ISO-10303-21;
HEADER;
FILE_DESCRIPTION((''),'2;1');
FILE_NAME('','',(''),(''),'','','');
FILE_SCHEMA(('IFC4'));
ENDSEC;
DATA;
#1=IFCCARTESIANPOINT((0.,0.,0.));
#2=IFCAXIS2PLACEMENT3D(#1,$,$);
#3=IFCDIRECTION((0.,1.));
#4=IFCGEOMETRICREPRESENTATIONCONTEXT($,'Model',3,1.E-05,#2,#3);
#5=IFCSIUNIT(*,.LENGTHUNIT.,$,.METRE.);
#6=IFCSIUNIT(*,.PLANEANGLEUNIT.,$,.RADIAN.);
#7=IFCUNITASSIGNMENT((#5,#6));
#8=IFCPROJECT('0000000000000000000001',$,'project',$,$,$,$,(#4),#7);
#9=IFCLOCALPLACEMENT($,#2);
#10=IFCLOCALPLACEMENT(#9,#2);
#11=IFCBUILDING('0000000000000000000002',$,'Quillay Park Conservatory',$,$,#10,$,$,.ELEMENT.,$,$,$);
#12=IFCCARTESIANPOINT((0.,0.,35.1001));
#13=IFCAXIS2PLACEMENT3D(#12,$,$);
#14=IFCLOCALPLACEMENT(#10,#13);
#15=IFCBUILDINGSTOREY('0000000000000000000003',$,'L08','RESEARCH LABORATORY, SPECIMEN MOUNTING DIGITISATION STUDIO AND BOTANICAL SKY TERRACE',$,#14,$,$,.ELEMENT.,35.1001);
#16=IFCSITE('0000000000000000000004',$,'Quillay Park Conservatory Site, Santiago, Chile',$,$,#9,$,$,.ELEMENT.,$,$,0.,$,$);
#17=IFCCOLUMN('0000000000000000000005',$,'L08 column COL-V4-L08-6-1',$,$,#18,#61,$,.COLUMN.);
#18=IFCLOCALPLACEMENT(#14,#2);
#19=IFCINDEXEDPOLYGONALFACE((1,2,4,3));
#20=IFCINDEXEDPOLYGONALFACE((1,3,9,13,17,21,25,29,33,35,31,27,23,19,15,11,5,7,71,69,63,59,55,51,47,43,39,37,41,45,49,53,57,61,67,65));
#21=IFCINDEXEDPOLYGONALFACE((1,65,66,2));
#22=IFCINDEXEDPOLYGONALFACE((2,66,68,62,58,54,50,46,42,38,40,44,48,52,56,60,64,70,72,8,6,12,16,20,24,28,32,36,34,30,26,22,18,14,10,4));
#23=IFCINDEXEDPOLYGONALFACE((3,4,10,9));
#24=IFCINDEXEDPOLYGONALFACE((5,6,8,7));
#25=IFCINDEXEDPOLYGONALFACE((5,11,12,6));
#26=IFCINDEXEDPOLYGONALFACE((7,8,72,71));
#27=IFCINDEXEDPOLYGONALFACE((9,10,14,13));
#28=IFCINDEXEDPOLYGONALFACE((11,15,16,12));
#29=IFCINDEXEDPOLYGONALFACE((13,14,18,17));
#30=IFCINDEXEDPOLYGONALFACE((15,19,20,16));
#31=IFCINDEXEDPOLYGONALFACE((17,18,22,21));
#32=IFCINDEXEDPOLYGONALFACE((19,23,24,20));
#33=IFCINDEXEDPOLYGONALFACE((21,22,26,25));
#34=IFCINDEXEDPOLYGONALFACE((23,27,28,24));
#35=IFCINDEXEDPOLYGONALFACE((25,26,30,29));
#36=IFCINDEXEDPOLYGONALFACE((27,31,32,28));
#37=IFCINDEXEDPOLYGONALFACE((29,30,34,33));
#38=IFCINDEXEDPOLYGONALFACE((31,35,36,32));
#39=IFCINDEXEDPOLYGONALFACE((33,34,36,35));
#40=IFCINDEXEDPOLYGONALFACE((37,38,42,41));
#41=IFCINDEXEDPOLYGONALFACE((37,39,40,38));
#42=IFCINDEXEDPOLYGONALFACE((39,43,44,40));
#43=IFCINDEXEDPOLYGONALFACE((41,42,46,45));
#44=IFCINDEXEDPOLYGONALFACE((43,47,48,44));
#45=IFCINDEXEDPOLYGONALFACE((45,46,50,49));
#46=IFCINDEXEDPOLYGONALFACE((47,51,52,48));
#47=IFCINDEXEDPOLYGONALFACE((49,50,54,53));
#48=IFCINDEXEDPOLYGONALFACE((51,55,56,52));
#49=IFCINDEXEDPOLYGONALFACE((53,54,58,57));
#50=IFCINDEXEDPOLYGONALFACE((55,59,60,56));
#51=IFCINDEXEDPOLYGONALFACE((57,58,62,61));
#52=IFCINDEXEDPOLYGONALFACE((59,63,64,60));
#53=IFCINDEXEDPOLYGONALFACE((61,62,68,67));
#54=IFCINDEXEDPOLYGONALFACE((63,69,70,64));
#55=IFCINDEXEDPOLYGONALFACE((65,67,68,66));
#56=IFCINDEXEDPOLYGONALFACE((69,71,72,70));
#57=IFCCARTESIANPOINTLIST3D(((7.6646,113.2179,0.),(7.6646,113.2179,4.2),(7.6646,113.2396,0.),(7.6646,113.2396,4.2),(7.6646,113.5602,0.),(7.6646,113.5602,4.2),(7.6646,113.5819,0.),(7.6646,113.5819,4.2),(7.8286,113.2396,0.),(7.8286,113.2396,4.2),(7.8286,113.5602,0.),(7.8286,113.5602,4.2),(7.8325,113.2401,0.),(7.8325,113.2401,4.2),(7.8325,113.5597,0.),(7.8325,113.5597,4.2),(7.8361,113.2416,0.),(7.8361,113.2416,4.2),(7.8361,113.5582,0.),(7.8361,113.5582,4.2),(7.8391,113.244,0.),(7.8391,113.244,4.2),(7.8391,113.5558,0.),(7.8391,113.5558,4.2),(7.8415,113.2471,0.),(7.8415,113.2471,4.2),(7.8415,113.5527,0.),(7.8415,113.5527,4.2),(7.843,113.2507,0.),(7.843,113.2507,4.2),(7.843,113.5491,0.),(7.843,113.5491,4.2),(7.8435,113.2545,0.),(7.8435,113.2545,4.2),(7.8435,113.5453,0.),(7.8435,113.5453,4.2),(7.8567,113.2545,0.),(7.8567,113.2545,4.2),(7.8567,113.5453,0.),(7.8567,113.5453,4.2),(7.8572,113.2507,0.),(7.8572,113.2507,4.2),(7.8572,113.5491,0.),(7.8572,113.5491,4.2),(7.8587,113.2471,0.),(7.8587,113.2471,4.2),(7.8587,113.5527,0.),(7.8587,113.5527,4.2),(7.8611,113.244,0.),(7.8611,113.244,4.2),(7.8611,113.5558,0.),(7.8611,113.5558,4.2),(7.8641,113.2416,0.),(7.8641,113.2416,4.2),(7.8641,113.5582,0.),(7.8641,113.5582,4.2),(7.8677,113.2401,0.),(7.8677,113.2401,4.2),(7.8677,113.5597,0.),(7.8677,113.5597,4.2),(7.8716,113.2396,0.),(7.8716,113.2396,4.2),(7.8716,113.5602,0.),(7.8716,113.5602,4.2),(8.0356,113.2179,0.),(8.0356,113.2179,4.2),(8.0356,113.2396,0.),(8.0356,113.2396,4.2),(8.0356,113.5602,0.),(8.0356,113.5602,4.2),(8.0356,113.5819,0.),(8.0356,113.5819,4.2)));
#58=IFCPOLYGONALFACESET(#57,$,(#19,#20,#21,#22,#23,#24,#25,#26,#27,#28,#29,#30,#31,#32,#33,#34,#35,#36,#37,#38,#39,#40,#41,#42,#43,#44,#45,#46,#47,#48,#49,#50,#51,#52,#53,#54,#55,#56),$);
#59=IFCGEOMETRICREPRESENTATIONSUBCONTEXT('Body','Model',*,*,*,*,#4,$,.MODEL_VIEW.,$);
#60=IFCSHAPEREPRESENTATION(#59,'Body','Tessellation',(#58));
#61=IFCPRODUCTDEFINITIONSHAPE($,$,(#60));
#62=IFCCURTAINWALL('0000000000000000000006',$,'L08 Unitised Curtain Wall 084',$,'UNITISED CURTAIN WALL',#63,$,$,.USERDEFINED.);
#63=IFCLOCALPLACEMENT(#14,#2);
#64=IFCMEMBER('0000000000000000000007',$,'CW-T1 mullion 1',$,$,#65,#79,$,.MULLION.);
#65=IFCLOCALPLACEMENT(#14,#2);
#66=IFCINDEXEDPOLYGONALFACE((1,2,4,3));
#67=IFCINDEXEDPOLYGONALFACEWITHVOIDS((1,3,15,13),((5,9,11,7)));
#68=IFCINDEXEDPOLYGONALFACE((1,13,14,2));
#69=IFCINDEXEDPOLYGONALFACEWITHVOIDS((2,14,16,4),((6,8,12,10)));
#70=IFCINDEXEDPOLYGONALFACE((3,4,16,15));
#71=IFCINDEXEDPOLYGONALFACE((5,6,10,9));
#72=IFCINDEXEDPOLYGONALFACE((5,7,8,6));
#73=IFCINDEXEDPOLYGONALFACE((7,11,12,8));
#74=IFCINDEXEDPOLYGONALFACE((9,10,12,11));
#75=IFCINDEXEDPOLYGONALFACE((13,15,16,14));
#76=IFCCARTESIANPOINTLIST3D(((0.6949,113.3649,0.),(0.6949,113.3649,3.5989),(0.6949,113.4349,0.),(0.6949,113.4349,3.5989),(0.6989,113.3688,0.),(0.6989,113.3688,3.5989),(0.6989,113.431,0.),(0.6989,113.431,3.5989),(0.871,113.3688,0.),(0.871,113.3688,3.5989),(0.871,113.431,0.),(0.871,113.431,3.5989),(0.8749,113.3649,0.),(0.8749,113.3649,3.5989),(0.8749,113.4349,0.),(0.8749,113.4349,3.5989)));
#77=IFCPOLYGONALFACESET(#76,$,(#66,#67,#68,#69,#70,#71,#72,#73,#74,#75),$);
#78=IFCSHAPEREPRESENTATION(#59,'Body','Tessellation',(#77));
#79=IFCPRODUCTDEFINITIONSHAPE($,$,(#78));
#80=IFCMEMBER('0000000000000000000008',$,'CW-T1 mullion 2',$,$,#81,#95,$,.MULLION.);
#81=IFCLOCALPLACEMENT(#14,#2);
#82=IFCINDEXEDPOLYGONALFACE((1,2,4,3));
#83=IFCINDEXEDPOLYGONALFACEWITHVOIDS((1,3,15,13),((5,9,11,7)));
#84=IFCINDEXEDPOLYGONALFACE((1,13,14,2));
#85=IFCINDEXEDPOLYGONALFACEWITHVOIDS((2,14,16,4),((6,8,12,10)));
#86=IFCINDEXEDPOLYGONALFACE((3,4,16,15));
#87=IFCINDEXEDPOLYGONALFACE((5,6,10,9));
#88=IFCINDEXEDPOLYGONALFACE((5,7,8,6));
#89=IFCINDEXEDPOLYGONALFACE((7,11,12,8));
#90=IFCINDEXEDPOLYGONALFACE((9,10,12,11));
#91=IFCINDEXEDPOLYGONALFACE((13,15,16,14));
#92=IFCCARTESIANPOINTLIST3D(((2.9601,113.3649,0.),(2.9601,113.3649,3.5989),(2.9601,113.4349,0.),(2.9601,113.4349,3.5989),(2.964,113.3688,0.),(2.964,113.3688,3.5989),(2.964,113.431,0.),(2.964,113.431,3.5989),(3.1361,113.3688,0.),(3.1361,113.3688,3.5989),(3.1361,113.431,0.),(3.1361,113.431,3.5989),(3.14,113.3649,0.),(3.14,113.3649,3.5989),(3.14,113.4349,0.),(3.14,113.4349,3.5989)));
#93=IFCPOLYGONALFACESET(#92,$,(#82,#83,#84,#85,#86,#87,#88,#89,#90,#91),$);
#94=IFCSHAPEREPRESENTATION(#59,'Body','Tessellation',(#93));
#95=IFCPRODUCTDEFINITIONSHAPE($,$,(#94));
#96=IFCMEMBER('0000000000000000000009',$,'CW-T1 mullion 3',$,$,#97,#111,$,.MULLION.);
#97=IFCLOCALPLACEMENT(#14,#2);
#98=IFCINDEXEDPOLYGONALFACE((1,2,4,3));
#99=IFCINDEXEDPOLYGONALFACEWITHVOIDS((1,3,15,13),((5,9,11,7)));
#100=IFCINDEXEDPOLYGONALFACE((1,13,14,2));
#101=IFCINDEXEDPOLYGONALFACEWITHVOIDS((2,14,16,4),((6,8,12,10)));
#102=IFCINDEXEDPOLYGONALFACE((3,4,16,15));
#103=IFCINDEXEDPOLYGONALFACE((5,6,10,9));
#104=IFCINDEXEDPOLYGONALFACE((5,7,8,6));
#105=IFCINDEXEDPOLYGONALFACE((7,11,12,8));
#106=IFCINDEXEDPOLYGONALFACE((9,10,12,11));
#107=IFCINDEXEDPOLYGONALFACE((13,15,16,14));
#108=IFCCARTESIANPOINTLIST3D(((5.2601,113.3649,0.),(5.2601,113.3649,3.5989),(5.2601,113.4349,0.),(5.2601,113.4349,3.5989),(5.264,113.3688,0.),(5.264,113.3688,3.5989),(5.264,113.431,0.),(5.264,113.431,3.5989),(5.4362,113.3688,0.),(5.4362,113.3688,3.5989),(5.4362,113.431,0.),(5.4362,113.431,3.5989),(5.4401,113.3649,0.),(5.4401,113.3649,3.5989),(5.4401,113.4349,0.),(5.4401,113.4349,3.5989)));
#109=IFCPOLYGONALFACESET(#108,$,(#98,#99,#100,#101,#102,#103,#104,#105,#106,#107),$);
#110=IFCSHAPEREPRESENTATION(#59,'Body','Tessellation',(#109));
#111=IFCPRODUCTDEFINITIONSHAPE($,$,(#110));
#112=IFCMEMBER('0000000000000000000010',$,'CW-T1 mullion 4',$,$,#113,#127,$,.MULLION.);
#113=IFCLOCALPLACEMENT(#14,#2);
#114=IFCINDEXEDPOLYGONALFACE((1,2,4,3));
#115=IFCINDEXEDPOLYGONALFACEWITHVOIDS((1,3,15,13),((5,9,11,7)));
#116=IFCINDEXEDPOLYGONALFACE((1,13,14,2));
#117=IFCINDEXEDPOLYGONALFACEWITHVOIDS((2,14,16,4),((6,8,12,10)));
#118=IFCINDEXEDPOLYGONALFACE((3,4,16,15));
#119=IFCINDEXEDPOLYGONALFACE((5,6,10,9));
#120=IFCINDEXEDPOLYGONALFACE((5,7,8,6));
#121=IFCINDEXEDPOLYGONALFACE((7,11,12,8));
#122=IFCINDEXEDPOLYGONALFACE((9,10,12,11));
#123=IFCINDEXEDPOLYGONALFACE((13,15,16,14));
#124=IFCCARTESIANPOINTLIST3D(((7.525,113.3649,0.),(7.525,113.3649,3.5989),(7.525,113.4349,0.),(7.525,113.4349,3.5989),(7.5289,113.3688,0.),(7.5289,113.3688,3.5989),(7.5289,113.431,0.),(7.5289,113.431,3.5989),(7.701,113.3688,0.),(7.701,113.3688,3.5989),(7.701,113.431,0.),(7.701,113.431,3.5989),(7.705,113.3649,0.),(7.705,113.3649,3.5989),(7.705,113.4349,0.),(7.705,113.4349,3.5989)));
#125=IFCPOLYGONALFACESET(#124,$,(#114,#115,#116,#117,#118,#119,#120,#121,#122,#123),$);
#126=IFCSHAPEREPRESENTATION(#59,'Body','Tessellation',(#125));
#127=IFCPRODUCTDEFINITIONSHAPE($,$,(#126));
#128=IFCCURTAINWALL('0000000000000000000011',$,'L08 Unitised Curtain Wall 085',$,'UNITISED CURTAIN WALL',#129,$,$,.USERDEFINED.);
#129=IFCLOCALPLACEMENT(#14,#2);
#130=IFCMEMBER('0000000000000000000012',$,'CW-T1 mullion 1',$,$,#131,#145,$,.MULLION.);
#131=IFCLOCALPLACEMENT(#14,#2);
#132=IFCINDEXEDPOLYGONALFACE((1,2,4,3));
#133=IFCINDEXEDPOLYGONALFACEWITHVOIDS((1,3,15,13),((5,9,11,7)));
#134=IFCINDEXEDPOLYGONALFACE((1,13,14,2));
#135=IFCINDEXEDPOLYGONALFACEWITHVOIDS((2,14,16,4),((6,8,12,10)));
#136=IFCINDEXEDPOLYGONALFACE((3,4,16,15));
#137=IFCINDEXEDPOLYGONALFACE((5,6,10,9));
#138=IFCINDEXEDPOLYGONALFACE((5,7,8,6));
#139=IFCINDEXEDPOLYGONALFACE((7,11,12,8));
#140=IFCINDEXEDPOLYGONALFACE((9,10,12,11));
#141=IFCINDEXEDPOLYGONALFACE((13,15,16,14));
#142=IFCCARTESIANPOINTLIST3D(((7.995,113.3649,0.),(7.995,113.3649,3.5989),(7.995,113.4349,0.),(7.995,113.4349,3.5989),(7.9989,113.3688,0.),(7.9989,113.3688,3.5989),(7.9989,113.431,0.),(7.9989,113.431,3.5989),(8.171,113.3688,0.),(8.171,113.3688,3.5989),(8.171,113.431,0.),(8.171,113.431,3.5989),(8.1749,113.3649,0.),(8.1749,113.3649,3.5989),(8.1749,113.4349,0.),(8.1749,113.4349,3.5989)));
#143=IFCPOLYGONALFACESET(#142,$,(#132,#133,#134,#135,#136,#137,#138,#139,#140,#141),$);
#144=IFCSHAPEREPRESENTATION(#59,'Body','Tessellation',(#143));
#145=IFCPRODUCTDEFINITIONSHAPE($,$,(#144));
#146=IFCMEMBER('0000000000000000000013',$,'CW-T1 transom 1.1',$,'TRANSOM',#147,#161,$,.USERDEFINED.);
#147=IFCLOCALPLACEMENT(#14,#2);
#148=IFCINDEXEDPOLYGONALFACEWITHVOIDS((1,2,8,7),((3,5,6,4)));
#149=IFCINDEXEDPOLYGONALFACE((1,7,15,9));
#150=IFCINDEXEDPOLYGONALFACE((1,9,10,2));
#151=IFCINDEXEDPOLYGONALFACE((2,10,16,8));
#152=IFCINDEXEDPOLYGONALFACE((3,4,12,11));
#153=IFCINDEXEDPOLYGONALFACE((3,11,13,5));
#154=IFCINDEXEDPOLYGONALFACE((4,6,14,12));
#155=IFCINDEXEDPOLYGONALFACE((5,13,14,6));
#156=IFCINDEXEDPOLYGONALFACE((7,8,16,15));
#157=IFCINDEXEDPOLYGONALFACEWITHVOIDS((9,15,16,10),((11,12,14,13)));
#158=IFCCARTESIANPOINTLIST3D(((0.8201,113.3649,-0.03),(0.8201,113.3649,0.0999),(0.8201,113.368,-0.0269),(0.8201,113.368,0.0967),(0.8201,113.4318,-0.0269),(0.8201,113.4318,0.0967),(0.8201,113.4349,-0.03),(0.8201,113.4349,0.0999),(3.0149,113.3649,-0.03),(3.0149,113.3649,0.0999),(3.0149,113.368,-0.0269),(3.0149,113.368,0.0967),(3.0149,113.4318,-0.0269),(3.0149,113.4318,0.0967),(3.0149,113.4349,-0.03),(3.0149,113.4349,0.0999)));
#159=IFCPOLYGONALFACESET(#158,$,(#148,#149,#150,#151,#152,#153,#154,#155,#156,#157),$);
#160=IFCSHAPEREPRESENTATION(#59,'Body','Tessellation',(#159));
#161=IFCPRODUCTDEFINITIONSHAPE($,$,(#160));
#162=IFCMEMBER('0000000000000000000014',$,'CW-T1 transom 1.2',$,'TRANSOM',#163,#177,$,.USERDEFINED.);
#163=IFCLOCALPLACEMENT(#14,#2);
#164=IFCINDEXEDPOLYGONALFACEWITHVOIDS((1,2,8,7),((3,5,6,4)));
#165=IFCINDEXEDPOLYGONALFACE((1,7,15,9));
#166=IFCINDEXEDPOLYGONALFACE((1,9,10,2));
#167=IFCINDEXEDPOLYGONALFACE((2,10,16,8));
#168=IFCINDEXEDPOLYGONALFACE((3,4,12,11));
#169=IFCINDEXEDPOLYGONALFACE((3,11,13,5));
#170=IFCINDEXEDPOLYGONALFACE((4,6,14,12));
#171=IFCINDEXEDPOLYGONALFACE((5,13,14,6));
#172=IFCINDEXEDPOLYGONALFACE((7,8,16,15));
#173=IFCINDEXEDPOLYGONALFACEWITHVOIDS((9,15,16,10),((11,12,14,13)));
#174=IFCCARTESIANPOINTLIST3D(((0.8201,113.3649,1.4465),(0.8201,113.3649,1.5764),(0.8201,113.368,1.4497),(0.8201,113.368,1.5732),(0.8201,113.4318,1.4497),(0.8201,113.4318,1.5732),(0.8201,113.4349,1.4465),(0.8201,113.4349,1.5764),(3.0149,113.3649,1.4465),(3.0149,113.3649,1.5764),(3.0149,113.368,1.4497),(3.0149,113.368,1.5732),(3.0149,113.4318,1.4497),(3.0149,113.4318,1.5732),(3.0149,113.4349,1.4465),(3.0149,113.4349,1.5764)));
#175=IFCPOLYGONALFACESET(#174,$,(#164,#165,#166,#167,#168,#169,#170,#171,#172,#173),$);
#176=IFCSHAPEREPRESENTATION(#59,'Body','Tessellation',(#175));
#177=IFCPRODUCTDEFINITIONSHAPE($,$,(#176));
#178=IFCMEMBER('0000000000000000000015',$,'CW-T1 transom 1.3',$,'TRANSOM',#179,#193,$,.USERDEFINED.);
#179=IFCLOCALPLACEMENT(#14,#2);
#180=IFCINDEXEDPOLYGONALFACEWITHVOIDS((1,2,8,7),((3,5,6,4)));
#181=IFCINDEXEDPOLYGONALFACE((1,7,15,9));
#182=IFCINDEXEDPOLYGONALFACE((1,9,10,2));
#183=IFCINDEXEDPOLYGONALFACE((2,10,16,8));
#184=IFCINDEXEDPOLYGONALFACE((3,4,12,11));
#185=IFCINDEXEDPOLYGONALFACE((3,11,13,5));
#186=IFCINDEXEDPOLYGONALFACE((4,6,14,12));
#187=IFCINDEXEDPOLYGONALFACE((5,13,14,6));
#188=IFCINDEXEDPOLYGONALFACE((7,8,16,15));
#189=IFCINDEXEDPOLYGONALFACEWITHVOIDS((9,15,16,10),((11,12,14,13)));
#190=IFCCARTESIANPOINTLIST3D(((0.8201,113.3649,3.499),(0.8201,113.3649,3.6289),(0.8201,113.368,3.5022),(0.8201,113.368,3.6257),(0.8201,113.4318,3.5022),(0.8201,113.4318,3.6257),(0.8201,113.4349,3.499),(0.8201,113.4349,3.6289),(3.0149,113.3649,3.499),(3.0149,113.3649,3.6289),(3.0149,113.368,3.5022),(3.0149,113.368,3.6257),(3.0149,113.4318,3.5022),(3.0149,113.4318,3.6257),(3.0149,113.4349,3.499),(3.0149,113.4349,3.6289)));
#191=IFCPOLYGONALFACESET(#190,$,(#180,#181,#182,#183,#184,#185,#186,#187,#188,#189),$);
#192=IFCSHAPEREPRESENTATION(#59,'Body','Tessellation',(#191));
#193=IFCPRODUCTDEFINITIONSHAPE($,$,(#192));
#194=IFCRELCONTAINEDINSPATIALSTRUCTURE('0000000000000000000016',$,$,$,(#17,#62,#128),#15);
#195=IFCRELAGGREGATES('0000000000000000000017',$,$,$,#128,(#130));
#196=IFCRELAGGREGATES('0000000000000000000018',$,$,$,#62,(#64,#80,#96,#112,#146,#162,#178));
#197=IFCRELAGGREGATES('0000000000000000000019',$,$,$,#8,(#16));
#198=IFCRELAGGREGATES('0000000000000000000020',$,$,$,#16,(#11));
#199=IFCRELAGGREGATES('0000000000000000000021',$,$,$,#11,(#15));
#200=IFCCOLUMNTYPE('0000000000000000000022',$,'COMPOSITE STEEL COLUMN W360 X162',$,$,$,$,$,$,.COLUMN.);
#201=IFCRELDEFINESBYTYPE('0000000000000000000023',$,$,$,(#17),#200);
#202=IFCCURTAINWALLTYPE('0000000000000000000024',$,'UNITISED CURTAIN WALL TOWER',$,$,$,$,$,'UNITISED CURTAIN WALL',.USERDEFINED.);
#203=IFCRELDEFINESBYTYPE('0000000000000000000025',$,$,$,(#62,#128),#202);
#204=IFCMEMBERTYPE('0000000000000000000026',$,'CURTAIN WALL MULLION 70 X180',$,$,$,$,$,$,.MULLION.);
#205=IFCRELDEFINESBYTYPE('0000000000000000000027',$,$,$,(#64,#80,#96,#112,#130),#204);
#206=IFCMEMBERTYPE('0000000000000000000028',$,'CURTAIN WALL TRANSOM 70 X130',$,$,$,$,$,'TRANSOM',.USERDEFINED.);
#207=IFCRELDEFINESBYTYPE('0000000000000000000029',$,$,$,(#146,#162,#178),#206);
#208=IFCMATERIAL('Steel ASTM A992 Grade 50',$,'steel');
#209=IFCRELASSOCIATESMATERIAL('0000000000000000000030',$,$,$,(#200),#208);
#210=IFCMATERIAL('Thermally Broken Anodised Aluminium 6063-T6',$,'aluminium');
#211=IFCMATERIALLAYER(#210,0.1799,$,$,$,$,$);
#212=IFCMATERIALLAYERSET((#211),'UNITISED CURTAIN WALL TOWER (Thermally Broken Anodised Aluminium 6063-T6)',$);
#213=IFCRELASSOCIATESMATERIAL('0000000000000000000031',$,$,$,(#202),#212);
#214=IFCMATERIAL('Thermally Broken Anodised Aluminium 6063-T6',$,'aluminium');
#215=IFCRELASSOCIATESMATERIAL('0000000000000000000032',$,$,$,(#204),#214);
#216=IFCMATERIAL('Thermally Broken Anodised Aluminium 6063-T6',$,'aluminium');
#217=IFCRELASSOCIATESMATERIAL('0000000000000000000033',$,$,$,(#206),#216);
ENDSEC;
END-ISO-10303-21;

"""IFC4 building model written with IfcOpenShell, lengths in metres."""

from ifc_helpers import new_model, si_unit, direction, frame, origin, origin_2d, place, context, subcontext, project, spatial, hollow_rectangle, i_section, extrude, material, layer, layer_set, material_profile, profile_set, type_object, element, aggregate, save


model = new_model("IFC4")

# Units and contexts
model_context = context("Model", 3, precision=1e-05, world=origin(), true_north=direction((0.0, 1.0)))
body_context = subcontext(model_context, "Body", "Model", "MODEL_VIEW")
ifc_project = project(units=[si_unit("LENGTHUNIT", "METRE"), si_unit("PLANEANGLEUNIT", "RADIAN")], contexts=[model_context])

# Site, building, storey
site_placement = place(None, origin())
site = spatial("IfcSite", under=ifc_project, at=site_placement, Name="Quillay Park Conservatory Site, Santiago, Chile", CompositionType="ELEMENT", RefElevation=0.0)
building_placement = place(site_placement, origin())
building = spatial("IfcBuilding", under=site, at=building_placement, Name="Quillay Park Conservatory", CompositionType="ELEMENT")
storey_placement = place(building_placement, frame((0.0, 0.0, 35.1001)))
storey = spatial("IfcBuildingStorey", under=building, at=storey_placement, Name="L08", Description="RESEARCH LABORATORY, SPECIMEN MOUNTING DIGITISATION STUDIO AND BOTANICAL SKY TERRACE", CompositionType="ELEMENT", Elevation=35.1001)

# Column
ifc_material_1 = material(Name="Steel ASTM A992 Grade 50", Category="steel")
ifc_material_profile_1 = material_profile(ifc_material_1, i_section(OverallWidth=0.3711, OverallDepth=0.364, WebThickness=0.0132, FlangeThickness=0.0217, FilletRadius=0.0149, at=origin_2d()), Name="W360x162")
ifc_profile_set_1 = profile_set([ifc_material_profile_1], Name="Steel ASTM A992 Grade 50")
column_type = type_object("IfcColumnType", Name="COMPOSITE STEEL COLUMN W360 X162", PredefinedType="COLUMN", material=ifc_profile_set_1)
column_placement = place(storey_placement, frame((7.8501, 113.3999, 0.0), z_axis=(0.0, 0.0, 1.0), x_axis=(1.0, 0.0, 0.0)))
element("IfcColumn", 1, at=column_placement, inside=storey, type_object=column_type, Name="L08 column COL-V4-L08-6-1", PredefinedType="COLUMN", context=body_context, shape_type="SweptSolid", body=[
    extrude(i_section(OverallWidth=0.3711, OverallDepth=0.364, WebThickness=0.0132, FlangeThickness=0.0217, FilletRadius=0.0149, at=origin_2d()), origin(), (0.0, 0.0, 1.0), 4.2),
])

# Curtain wall, members
ifc_material_2 = material(Name="Thermally Broken Anodised Aluminium 6063-T6", Category="aluminium")
ifc_layer_1 = layer(ifc_material_2, 0.1799)
ifc_layer_set_1 = layer_set([ifc_layer_1], Name="UNITISED CURTAIN WALL TOWER (Thermally Broken Anodised Aluminium 6063-T6)")
curtain_wall_type = type_object("IfcCurtainWallType", Name="UNITISED CURTAIN WALL TOWER", ElementType="UNITISED CURTAIN WALL", PredefinedType="USERDEFINED", material=ifc_layer_set_1)
curtain_wall_1_placement = place(storey_placement, origin())
curtain_wall_1 = element("IfcCurtainWall", 2, at=curtain_wall_1_placement, inside=storey, type_object=curtain_wall_type, Name="L08 Unitised Curtain Wall 084", ObjectType="UNITISED CURTAIN WALL", PredefinedType="USERDEFINED")
ifc_material_3 = material(Name="Thermally Broken Anodised Aluminium 6063-T6", Category="aluminium")
ifc_material_profile_2 = material_profile(ifc_material_3, hollow_rectangle(XDim=0.0701, YDim=0.1799, WallThickness=0.0039, at=origin_2d()), Name="AL70x180x4")
ifc_profile_set_2 = profile_set([ifc_material_profile_2], Name="Thermally Broken Anodised Aluminium 6063-T6")
member_type_1 = type_object("IfcMemberType", Name="CURTAIN WALL MULLION 70 X180", PredefinedType="MULLION", material=ifc_profile_set_2)
member_1_placement = place(storey_placement, frame((0.7849, 113.3999, 0.0), z_axis=(0.0, 0.0, 1.0), x_axis=(0.0, 1.0, 0.0)))
member_1 = element("IfcMember", 3, at=member_1_placement, type_object=member_type_1, Name="CW-T1 mullion 1", PredefinedType="MULLION", context=body_context, shape_type="SweptSolid", body=[
    extrude(hollow_rectangle(XDim=0.0701, YDim=0.1799, WallThickness=0.0039, at=origin_2d()), origin(), (0.0, 0.0, 1.0), 3.5989),
])
member_2_placement = place(storey_placement, frame((3.05, 113.3999, 0.0), z_axis=(0.0, 0.0, 1.0), x_axis=(0.0, 1.0, 0.0)))
member_2 = element("IfcMember", 4, at=member_2_placement, type_object=member_type_1, Name="CW-T1 mullion 2", PredefinedType="MULLION", context=body_context, shape_type="SweptSolid", body=[
    extrude(hollow_rectangle(XDim=0.0701, YDim=0.1799, WallThickness=0.0039, at=origin_2d()), origin(), (0.0, 0.0, 1.0), 3.5989),
])
member_3_placement = place(storey_placement, frame((5.3501, 113.3999, 0.0), z_axis=(0.0, 0.0, 1.0), x_axis=(0.0, 1.0, 0.0)))
member_3 = element("IfcMember", 5, at=member_3_placement, type_object=member_type_1, Name="CW-T1 mullion 3", PredefinedType="MULLION", context=body_context, shape_type="SweptSolid", body=[
    extrude(hollow_rectangle(XDim=0.0701, YDim=0.1799, WallThickness=0.0039, at=origin_2d()), origin(), (0.0, 0.0, 1.0), 3.5989),
])
member_4_placement = place(storey_placement, frame((7.615, 113.3999, 0.0), z_axis=(0.0, 0.0, 1.0), x_axis=(0.0, 1.0, 0.0)))
member_4 = element("IfcMember", 6, at=member_4_placement, type_object=member_type_1, Name="CW-T1 mullion 4", PredefinedType="MULLION", context=body_context, shape_type="SweptSolid", body=[
    extrude(hollow_rectangle(XDim=0.0701, YDim=0.1799, WallThickness=0.0039, at=origin_2d()), origin(), (0.0, 0.0, 1.0), 3.5989),
])

# Curtain wall, member
curtain_wall_2_placement = place(storey_placement, origin())
curtain_wall_2 = element("IfcCurtainWall", 7, at=curtain_wall_2_placement, inside=storey, type_object=curtain_wall_type, Name="L08 Unitised Curtain Wall 085", ObjectType="UNITISED CURTAIN WALL", PredefinedType="USERDEFINED")
member_5_placement = place(storey_placement, frame((8.085, 113.3999, 0.0), z_axis=(0.0, 0.0, 1.0), x_axis=(0.0, 1.0, 0.0)))
member_5 = element("IfcMember", 8, at=member_5_placement, type_object=member_type_1, Name="CW-T1 mullion 1", PredefinedType="MULLION", context=body_context, shape_type="SweptSolid", body=[
    extrude(hollow_rectangle(XDim=0.0701, YDim=0.1799, WallThickness=0.0039, at=origin_2d()), origin(), (0.0, 0.0, 1.0), 3.5989),
])

# Members
ifc_material_4 = material(Name="Thermally Broken Anodised Aluminium 6063-T6", Category="aluminium")
ifc_material_profile_3 = material_profile(ifc_material_4, hollow_rectangle(XDim=0.0701, YDim=0.1299, WallThickness=0.0032, at=origin_2d()), Name="AL70x130x3.2")
ifc_profile_set_3 = profile_set([ifc_material_profile_3], Name="Thermally Broken Anodised Aluminium 6063-T6")
member_type_2 = type_object("IfcMemberType", Name="CURTAIN WALL TRANSOM 70 X130", ElementType="TRANSOM", PredefinedType="USERDEFINED", material=ifc_profile_set_3)
member_6_placement = place(storey_placement, frame((0.8201, 113.3999, 0.0349), z_axis=(1.0, 0.0, 0.0), x_axis=(0.0, 1.0, 0.0)))
member_6 = element("IfcMember", 9, at=member_6_placement, type_object=member_type_2, Name="CW-T1 transom 1.1", ObjectType="TRANSOM", PredefinedType="USERDEFINED", context=body_context, shape_type="SweptSolid", body=[
    extrude(hollow_rectangle(XDim=0.0701, YDim=0.1299, WallThickness=0.0032, at=origin_2d()), origin(), (0.0, 0.0, 1.0), 2.1948),
])
member_7_placement = place(storey_placement, frame((0.8201, 113.3999, 1.5115), z_axis=(1.0, 0.0, 0.0), x_axis=(0.0, 1.0, 0.0)))
member_7 = element("IfcMember", 10, at=member_7_placement, type_object=member_type_2, Name="CW-T1 transom 1.2", ObjectType="TRANSOM", PredefinedType="USERDEFINED", context=body_context, shape_type="SweptSolid", body=[
    extrude(hollow_rectangle(XDim=0.0701, YDim=0.1299, WallThickness=0.0032, at=origin_2d()), origin(), (0.0, 0.0, 1.0), 2.1948),
])
member_8_placement = place(storey_placement, frame((0.8201, 113.3999, 3.564), z_axis=(1.0, 0.0, 0.0), x_axis=(0.0, 1.0, 0.0)))
member_8 = element("IfcMember", 11, at=member_8_placement, type_object=member_type_2, Name="CW-T1 transom 1.3", ObjectType="TRANSOM", PredefinedType="USERDEFINED", context=body_context, shape_type="SweptSolid", body=[
    extrude(hollow_rectangle(XDim=0.0701, YDim=0.1299, WallThickness=0.0032, at=origin_2d()), origin(), (0.0, 0.0, 1.0), 2.1948),
])
aggregate(curtain_wall_2, [member_5])

aggregate(curtain_wall_1, [member_1, member_2, member_3, member_4, member_6, member_7, member_8])

save(model, "model.ifc")
